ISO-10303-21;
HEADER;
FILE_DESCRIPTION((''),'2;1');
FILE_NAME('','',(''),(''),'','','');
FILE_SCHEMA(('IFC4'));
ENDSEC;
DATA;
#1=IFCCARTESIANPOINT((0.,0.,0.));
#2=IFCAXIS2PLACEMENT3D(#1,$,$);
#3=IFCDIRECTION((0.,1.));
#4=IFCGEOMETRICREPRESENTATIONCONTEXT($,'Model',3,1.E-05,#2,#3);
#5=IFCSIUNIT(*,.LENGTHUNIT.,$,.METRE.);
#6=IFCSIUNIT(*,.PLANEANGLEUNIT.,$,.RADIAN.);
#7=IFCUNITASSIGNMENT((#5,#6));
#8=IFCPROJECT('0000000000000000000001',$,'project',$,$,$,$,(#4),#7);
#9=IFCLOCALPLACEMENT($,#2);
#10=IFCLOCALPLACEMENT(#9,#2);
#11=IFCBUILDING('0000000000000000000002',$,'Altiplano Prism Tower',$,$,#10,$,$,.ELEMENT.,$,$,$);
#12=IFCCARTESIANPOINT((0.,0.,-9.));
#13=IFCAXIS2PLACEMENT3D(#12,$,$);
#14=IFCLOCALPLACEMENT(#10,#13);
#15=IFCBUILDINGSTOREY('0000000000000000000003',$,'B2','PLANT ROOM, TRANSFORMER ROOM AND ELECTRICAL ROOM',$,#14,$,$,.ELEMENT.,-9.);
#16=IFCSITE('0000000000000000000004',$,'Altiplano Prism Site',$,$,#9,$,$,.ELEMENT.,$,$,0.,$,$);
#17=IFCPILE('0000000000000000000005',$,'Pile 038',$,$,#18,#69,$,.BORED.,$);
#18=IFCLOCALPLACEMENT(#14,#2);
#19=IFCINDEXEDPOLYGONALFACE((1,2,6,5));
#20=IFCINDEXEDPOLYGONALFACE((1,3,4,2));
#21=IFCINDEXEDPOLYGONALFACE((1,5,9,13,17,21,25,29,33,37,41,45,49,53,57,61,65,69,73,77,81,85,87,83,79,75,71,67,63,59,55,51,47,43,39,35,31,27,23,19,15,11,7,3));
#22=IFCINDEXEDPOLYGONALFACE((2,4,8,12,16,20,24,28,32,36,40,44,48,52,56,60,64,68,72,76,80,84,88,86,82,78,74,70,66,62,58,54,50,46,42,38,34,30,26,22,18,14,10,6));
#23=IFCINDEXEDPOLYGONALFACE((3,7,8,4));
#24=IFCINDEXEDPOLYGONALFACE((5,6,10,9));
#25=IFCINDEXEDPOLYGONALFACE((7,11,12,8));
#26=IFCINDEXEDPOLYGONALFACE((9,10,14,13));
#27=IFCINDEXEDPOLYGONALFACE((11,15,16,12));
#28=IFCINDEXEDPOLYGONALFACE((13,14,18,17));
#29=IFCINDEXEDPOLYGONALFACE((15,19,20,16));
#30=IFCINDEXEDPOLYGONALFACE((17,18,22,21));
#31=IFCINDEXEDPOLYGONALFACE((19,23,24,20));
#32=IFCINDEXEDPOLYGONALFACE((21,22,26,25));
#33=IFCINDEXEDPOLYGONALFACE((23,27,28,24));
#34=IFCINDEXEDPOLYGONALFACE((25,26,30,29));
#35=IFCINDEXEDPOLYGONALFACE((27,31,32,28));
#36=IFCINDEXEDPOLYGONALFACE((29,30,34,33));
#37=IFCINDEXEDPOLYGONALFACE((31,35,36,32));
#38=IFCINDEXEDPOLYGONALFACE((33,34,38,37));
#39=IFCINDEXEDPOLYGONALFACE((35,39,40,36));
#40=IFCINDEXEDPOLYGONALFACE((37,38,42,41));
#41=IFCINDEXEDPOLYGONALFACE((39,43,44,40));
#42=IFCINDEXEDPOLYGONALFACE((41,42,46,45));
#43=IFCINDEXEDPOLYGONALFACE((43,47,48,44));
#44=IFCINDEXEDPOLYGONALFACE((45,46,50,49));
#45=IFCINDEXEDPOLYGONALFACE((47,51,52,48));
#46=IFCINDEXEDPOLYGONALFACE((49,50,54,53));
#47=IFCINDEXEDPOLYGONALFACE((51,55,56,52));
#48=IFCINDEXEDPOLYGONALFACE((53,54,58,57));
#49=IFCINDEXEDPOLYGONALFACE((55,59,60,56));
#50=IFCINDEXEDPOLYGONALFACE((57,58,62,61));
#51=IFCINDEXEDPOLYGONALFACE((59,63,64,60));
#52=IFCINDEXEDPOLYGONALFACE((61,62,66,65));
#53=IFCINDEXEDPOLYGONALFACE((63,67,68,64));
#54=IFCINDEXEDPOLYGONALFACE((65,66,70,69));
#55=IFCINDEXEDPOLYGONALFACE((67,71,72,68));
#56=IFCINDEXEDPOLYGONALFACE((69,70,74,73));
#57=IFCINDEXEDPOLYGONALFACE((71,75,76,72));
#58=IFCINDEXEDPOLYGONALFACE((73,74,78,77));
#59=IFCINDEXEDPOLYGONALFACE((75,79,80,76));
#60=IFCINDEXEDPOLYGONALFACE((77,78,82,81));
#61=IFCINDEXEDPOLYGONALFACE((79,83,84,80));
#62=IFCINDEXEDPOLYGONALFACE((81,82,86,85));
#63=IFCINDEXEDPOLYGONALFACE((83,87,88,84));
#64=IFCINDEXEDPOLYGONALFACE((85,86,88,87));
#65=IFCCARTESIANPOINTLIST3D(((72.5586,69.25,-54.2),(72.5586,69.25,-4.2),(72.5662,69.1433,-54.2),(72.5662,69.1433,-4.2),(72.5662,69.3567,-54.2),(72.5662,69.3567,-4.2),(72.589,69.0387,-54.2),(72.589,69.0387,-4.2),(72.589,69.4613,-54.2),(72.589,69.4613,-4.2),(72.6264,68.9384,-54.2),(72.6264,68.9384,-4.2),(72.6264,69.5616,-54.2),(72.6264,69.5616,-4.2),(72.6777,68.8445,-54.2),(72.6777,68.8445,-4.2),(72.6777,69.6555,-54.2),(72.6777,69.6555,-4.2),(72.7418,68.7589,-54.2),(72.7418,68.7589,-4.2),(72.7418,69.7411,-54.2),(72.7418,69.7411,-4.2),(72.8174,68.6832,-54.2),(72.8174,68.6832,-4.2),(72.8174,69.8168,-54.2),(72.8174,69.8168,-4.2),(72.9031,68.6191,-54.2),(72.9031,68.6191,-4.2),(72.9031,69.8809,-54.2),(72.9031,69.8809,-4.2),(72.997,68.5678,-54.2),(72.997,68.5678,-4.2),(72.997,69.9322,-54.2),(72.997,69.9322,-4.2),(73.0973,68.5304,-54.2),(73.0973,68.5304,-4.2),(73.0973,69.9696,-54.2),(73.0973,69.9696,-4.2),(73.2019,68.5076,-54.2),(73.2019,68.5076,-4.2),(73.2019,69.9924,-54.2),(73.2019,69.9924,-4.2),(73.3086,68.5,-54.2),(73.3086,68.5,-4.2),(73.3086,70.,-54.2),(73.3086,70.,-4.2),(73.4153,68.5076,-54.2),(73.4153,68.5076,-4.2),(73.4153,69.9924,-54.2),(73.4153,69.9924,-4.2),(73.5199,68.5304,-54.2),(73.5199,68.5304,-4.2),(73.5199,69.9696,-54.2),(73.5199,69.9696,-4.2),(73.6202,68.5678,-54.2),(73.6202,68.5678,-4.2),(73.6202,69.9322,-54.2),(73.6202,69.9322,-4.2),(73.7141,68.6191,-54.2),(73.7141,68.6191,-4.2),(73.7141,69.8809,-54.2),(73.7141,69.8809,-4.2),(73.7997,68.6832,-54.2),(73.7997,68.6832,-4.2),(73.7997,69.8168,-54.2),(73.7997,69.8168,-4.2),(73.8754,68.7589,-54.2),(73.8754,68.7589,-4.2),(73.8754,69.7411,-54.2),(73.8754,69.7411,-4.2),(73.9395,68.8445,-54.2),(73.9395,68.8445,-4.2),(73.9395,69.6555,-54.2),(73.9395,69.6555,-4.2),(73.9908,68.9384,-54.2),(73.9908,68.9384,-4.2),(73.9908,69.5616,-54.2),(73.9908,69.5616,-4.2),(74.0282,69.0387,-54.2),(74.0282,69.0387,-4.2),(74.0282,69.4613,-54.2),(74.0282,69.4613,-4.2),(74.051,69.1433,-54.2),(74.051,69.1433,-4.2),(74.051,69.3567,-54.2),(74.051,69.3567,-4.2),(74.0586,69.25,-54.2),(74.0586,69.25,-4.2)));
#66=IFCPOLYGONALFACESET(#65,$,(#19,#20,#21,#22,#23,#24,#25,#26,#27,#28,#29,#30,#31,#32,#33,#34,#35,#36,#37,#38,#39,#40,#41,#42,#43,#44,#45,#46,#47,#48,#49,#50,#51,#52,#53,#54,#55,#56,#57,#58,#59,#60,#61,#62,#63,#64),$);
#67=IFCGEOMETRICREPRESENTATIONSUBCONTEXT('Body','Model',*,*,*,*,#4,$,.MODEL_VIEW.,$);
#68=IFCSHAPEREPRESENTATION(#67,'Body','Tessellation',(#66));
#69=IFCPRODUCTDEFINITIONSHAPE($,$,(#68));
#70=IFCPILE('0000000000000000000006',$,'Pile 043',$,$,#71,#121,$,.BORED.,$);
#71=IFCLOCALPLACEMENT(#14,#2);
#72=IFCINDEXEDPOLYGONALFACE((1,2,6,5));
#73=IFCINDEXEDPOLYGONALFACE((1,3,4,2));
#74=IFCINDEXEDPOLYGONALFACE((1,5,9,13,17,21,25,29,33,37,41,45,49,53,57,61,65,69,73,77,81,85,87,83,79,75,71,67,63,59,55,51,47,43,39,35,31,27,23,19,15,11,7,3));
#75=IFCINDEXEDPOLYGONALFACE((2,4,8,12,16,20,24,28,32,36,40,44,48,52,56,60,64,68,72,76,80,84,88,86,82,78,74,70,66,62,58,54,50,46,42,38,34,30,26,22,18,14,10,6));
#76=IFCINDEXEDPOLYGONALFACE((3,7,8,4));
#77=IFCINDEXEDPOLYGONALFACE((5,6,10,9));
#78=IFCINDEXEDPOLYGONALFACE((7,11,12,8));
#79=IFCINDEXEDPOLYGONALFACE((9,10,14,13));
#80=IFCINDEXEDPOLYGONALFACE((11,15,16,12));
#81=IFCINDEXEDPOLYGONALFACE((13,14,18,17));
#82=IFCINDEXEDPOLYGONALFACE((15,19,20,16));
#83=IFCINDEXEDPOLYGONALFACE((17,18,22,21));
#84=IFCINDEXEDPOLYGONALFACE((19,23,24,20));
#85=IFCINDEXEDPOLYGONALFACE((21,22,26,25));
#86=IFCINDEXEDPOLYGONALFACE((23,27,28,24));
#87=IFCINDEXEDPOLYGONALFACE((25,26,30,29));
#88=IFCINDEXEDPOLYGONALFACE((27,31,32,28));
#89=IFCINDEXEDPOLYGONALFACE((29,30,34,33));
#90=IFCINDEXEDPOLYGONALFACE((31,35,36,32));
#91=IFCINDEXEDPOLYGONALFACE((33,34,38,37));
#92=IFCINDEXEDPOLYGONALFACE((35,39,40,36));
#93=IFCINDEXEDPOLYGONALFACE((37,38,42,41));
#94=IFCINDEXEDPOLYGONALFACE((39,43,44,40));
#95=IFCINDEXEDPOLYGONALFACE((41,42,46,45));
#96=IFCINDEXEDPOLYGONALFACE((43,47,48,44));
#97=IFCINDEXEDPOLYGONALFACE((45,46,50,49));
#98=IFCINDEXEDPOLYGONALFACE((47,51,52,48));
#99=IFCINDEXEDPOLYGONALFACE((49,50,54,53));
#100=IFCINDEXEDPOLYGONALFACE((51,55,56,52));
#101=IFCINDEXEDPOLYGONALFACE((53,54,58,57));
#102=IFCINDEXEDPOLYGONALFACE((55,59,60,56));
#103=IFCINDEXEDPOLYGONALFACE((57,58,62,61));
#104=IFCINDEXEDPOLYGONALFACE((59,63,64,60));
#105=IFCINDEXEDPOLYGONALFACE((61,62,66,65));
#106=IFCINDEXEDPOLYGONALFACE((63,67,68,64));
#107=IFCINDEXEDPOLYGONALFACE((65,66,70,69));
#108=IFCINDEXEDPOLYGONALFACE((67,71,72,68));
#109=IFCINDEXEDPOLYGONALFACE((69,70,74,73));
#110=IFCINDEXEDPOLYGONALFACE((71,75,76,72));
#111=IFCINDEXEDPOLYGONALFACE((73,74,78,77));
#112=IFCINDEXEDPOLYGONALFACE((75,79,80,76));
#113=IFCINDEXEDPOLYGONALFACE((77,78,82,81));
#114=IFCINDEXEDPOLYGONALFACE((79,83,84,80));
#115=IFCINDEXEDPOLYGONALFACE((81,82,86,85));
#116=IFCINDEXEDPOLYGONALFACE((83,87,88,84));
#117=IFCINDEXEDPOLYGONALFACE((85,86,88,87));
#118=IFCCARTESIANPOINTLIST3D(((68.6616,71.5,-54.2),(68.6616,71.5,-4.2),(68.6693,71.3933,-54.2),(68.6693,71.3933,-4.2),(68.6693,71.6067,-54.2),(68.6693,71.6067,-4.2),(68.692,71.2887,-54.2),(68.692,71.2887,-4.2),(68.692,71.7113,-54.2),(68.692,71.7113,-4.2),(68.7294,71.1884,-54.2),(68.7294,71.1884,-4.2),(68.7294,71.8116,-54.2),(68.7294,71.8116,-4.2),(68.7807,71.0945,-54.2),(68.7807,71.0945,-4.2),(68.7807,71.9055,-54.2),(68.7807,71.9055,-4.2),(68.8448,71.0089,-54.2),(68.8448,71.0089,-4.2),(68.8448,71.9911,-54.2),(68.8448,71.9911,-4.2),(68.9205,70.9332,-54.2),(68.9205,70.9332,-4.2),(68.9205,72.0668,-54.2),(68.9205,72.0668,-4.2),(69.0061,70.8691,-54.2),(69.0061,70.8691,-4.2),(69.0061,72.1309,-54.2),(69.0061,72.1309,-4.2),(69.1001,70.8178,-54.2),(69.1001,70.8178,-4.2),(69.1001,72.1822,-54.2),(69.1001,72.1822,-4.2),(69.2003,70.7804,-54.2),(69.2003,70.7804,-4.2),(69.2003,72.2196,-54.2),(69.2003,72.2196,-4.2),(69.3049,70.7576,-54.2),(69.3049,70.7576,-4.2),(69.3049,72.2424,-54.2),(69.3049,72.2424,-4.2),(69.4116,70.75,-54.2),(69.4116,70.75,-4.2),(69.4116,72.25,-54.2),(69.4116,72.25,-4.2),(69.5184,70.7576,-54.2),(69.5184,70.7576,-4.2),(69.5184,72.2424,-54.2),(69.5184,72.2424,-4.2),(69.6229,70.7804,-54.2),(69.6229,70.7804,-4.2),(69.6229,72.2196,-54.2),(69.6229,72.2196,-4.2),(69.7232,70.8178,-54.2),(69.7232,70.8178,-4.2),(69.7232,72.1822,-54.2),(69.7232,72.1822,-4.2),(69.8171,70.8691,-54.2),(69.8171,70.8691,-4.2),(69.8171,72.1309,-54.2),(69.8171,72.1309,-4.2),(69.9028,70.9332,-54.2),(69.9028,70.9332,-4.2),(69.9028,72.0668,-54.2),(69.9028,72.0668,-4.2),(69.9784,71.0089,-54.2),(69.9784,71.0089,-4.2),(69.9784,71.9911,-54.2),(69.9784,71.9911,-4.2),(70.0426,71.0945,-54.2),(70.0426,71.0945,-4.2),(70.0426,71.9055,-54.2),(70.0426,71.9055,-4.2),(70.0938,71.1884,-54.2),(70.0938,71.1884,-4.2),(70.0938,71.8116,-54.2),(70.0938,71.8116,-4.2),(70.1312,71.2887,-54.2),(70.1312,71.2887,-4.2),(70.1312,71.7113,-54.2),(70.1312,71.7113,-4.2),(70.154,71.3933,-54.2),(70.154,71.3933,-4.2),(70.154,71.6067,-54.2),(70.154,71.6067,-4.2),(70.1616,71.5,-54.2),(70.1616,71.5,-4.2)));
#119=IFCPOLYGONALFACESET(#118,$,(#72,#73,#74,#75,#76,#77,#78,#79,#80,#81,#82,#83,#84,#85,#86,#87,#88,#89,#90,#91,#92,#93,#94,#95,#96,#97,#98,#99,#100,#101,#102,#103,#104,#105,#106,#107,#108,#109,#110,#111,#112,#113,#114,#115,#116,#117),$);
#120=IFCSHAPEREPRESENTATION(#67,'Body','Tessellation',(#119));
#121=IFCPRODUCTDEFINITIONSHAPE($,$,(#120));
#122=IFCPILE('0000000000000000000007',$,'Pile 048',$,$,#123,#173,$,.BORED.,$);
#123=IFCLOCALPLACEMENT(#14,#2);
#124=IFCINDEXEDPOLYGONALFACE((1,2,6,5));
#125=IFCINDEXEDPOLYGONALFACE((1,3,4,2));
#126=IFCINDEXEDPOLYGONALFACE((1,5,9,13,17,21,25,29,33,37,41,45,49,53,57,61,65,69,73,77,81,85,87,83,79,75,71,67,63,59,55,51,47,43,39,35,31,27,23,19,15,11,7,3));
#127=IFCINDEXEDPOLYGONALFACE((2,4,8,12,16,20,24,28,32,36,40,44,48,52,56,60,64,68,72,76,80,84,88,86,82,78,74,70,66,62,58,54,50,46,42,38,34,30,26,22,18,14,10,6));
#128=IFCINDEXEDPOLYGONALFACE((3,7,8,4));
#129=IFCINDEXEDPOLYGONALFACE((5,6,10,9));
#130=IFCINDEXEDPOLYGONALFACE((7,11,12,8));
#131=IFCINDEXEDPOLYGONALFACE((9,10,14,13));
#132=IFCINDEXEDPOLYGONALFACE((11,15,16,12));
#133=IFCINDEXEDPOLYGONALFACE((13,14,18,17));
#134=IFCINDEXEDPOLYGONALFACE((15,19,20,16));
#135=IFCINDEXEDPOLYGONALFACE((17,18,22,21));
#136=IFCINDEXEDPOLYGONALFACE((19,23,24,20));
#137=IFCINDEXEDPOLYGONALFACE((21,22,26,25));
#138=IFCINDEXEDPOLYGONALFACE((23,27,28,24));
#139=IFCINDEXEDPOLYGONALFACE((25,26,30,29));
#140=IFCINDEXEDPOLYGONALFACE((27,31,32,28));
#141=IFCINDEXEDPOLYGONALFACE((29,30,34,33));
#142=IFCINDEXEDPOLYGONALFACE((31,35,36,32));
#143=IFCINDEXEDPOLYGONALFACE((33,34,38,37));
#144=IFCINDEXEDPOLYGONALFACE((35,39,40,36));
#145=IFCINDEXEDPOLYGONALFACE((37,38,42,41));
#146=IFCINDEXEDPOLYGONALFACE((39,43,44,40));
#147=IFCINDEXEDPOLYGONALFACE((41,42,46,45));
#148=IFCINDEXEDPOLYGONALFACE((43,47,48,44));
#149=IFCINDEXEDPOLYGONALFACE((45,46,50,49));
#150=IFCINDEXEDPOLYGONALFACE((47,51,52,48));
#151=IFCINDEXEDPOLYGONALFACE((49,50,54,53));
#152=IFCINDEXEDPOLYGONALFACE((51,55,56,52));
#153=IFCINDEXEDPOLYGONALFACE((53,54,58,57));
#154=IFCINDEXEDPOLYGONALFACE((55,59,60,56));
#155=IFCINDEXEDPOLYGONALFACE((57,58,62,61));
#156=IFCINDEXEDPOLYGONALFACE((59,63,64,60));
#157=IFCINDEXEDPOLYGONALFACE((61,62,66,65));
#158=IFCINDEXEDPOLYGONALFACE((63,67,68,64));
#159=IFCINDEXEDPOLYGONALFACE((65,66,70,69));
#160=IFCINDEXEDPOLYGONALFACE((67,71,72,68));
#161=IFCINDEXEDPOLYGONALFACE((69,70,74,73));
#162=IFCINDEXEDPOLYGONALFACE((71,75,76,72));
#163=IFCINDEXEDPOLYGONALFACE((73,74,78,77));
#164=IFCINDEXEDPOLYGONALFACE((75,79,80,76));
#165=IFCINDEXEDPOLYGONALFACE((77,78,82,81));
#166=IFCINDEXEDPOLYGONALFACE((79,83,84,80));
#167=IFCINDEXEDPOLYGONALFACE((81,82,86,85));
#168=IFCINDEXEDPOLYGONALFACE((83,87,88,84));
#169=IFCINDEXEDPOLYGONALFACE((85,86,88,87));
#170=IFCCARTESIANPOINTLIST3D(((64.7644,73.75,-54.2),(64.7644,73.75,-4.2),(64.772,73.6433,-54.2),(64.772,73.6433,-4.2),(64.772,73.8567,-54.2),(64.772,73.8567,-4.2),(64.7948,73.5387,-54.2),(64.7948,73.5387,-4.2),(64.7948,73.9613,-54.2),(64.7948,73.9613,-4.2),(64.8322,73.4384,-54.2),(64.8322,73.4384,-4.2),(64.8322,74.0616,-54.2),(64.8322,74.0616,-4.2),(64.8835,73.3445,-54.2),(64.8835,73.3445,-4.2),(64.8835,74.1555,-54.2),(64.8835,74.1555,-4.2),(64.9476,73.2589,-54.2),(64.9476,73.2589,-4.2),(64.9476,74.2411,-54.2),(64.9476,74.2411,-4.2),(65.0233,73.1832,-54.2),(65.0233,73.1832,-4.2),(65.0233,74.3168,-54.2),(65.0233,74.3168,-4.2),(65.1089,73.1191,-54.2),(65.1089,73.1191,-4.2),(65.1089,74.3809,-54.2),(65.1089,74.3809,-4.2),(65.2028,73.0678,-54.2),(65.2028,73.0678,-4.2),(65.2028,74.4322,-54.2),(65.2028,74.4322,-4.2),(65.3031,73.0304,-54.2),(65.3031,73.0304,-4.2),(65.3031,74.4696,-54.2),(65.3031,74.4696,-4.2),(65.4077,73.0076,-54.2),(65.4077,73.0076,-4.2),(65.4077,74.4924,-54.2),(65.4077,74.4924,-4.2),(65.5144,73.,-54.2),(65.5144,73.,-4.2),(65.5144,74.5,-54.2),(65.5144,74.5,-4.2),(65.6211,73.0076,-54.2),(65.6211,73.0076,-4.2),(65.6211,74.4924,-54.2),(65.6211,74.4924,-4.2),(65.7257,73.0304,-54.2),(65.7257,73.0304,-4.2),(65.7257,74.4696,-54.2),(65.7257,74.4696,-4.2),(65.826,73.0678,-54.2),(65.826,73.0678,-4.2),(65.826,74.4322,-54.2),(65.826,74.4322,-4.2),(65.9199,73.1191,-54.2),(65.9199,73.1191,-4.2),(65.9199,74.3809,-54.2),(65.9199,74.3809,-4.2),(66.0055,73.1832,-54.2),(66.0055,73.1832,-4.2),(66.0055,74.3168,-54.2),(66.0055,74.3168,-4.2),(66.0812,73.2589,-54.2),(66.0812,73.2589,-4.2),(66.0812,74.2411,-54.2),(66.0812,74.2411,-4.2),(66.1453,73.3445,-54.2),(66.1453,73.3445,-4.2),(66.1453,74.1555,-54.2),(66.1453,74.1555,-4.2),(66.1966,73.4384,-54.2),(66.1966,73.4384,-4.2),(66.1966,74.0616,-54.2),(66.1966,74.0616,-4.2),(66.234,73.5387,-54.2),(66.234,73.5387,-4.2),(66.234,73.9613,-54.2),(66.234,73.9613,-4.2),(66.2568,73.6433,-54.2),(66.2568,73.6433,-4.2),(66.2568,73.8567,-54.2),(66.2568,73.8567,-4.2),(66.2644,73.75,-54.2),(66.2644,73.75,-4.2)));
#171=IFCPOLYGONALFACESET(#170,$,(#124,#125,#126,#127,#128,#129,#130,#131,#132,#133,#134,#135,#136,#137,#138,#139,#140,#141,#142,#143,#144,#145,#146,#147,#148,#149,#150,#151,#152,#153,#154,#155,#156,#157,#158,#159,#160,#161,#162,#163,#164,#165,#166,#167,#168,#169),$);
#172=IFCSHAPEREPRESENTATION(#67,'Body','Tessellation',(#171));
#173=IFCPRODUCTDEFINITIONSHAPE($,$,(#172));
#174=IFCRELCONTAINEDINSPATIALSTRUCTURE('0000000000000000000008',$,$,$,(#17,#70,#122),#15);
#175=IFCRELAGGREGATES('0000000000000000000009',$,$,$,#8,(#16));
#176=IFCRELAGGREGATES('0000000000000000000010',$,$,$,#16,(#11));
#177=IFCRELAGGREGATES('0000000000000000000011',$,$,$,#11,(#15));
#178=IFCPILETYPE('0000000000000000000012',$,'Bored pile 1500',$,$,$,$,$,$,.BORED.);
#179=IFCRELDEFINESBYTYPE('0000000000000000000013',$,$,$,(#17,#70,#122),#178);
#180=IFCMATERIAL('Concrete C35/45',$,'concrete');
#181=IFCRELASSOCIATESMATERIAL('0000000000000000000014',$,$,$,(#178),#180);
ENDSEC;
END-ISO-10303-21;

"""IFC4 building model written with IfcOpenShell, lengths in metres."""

from ifc_helpers import new_model, si_unit, direction, frame, origin, origin_2d, place, context, subcontext, project, spatial, circle, extrude, material, material_profile, profile_set, type_object, element, save


model = new_model("IFC4")

# Units and contexts
model_context = context("Model", 3, precision=1e-05, world=origin(), true_north=direction((0.0, 1.0)))
body_context = subcontext(model_context, "Body", "Model", "MODEL_VIEW")
ifc_project = project(units=[si_unit("LENGTHUNIT", "METRE"), si_unit("PLANEANGLEUNIT", "RADIAN")], contexts=[model_context])

# Site, building, storey
site_placement = place(None, origin())
site = spatial("IfcSite", under=ifc_project, at=site_placement, Name="Altiplano Prism Site", CompositionType="ELEMENT", RefElevation=0.0)
building_placement = place(site_placement, origin())
building = spatial("IfcBuilding", under=site, at=building_placement, Name="Altiplano Prism Tower", CompositionType="ELEMENT")
storey_placement = place(building_placement, frame((0.0, 0.0, -9.0)))
storey = spatial("IfcBuildingStorey", under=building, at=storey_placement, Name="B2", Description="PLANT ROOM, TRANSFORMER ROOM AND ELECTRICAL ROOM", CompositionType="ELEMENT", Elevation=-9.0)

# Piles
ifc_material_1 = material(Name="Concrete C35/45", Category="concrete")
ifc_material_profile_1 = material_profile(ifc_material_1, circle(Radius=0.75, at=origin_2d()), Name="Bored pile 1500")
ifc_profile_set_1 = profile_set([ifc_material_profile_1], Name="Concrete C35/45")
pile_type = type_object("IfcPileType", Name="Bored pile 1500", PredefinedType="BORED", material=ifc_profile_set_1)
for number, where, z_axis, x_axis, name in (
    (1, (73.3086, 69.25, -4.2), (0.0, 0.0, -1.0), (1.0, 0.0, 0.0), "Pile 038"),
    (2, (69.4116, 71.5, -4.2), (0.0, 0.0, -1.0), (1.0, 0.0, 0.0), "Pile 043"),
    (3, (65.5144, 73.75, -4.2), (0.0, 0.0, -1.0), (1.0, 0.0, 0.0), "Pile 048"),
):
    element("IfcPile", number, at=place(storey_placement, frame(where, z_axis=z_axis, x_axis=x_axis)), inside=storey, type_object=pile_type, Name=name, PredefinedType="BORED", context=body_context, shape_type="SweptSolid", body=[
        extrude(circle(Radius=0.75, at=origin_2d()), origin(), (0.0, 0.0, 1.0), 50.0),
    ])

save(model, "model.ifc")
